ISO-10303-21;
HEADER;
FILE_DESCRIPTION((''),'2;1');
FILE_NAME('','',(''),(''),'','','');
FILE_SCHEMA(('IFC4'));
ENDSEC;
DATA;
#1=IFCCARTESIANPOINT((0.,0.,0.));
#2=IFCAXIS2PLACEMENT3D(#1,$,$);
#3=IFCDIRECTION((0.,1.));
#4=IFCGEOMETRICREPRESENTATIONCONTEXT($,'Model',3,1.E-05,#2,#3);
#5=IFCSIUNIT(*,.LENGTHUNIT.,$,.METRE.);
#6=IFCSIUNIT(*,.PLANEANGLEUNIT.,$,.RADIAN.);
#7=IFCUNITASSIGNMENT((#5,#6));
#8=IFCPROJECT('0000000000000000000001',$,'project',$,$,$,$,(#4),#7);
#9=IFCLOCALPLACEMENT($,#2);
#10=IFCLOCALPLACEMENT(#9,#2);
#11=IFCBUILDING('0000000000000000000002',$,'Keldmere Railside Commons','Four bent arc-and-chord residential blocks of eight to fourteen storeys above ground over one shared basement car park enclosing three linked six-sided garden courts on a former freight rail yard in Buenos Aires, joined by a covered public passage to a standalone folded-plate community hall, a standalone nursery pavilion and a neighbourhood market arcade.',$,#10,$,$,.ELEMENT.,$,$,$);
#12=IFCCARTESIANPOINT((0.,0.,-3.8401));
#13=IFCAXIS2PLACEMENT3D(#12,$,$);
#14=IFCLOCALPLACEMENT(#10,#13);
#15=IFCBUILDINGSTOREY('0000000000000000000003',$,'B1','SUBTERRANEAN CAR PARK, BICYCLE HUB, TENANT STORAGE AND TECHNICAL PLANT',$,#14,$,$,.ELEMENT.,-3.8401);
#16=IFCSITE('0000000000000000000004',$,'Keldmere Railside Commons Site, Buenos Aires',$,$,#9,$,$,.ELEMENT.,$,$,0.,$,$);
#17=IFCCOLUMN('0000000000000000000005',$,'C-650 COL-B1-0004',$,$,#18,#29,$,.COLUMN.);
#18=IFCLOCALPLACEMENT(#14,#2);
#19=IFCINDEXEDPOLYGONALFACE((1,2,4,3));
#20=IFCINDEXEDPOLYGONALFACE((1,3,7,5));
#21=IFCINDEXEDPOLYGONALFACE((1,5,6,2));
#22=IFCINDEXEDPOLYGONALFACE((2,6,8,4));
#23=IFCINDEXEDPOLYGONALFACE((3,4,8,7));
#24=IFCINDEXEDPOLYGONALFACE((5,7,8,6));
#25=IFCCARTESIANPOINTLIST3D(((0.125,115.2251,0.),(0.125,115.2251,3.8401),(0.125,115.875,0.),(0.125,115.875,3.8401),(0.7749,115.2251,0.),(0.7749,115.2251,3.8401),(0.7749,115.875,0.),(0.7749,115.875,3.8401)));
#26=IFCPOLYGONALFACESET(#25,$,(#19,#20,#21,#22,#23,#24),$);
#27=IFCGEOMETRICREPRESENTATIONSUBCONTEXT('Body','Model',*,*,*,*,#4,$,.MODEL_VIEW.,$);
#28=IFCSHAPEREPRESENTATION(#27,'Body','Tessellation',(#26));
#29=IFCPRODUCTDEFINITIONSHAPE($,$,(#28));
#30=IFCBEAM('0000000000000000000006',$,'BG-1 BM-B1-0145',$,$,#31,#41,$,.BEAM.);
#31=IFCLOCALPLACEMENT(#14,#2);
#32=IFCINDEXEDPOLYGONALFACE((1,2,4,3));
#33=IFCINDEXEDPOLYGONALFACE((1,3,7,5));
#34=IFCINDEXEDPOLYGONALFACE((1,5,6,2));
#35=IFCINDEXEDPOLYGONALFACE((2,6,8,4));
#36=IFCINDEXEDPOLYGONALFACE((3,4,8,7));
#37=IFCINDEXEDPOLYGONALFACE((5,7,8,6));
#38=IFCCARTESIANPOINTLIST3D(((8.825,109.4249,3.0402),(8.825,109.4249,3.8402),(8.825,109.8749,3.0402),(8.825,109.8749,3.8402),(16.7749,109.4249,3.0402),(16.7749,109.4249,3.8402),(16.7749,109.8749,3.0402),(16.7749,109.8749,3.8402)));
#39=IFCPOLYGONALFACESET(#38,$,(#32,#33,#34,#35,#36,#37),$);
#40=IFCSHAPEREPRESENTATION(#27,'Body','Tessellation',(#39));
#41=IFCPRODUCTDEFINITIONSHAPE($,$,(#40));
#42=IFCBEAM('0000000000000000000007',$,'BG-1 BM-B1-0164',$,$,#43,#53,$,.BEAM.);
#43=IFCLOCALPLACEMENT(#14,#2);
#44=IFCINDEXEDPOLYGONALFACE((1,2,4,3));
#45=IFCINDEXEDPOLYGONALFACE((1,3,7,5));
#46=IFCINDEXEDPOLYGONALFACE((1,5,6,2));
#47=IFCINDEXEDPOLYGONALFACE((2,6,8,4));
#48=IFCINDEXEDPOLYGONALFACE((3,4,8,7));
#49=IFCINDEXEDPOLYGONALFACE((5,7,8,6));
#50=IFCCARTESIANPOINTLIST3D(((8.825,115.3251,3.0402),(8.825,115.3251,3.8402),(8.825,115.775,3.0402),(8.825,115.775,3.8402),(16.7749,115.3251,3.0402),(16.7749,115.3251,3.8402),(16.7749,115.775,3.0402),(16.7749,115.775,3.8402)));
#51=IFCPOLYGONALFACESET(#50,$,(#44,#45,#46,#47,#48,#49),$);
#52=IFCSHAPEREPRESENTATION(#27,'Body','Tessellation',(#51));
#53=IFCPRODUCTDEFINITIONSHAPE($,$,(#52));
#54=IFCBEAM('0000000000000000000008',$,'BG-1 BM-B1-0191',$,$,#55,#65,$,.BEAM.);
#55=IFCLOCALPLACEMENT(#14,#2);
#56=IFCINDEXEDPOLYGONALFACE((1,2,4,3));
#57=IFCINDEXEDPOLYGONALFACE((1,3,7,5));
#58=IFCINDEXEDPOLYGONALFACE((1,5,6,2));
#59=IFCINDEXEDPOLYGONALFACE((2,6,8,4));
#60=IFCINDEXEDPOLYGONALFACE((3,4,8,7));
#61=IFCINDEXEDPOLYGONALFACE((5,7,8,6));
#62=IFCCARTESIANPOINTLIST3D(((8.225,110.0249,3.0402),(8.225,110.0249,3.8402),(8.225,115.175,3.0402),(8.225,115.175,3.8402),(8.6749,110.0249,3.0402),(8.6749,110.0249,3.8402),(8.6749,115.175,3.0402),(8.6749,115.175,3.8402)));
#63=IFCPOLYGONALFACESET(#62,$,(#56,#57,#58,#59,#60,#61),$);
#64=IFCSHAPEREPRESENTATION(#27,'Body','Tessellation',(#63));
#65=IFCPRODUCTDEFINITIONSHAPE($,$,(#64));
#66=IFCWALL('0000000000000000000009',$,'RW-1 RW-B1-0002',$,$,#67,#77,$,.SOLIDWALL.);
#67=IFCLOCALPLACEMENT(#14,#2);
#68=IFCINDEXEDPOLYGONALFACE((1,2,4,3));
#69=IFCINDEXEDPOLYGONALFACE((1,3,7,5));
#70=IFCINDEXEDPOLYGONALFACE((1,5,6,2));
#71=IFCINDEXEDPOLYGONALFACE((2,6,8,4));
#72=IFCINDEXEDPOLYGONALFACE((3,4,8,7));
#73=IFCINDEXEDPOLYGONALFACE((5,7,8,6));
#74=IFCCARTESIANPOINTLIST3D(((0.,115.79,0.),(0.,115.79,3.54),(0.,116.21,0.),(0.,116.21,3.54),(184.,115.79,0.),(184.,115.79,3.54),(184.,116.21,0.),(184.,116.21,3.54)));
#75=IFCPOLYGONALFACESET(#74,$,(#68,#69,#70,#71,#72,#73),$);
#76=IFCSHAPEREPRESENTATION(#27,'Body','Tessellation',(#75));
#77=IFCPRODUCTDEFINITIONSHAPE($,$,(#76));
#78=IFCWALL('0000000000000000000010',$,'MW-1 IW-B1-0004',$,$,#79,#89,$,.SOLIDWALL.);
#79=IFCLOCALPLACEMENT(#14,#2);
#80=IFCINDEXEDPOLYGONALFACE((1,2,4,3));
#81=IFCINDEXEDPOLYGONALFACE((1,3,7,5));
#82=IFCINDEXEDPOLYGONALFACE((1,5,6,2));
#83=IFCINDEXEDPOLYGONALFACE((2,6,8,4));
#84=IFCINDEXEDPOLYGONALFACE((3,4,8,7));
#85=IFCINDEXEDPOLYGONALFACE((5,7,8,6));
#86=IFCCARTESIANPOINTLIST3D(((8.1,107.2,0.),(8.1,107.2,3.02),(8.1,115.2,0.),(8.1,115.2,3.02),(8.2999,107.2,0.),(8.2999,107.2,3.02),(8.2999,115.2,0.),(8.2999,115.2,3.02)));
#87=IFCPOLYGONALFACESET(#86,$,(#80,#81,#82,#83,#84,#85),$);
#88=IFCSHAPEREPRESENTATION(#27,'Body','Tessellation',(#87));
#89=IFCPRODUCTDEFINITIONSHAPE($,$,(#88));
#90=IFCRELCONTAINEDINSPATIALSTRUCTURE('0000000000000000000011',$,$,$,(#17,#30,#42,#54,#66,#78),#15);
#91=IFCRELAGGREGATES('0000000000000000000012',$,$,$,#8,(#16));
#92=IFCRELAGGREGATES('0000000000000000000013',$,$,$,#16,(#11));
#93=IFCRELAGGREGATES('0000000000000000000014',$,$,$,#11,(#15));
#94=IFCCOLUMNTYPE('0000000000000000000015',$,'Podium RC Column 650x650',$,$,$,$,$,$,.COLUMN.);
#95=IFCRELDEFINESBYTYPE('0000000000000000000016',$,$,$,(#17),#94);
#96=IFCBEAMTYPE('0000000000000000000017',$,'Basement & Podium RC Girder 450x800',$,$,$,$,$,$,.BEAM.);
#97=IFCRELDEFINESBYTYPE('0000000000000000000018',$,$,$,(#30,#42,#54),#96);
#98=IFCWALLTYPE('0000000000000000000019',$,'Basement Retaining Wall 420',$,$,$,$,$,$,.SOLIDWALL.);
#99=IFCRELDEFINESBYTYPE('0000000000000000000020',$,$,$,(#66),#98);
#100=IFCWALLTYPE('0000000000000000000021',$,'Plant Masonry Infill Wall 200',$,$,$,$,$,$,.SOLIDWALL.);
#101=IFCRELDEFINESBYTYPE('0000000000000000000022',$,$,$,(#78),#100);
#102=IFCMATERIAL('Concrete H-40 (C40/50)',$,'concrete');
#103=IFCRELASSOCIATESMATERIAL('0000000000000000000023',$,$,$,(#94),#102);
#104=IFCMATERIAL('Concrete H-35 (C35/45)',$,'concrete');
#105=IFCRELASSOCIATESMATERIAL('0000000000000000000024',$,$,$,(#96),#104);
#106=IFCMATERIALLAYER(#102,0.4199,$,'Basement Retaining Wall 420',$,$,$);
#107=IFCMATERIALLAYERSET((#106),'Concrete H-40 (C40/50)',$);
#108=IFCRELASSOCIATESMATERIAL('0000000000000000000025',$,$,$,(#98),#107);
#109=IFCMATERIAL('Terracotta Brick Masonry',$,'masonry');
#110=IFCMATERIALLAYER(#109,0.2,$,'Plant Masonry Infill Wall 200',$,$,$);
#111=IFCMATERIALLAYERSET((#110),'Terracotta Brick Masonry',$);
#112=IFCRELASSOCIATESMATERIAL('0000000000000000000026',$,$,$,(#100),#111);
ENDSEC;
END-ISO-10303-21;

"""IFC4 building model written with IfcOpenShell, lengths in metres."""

from ifc_helpers import new_model, si_unit, direction, frame, frame_2d, origin, origin_2d, place, context, subcontext, project, spatial, rectangle, extrude, material, layer, layer_set, material_profile, profile_set, type_object, element, save


model = new_model("IFC4")

# Units and contexts
model_context = context("Model", 3, precision=1e-05, world=origin(), true_north=direction((0.0, 1.0)))
body_context = subcontext(model_context, "Body", "Model", "MODEL_VIEW")
ifc_project = project(units=[si_unit("LENGTHUNIT", "METRE"), si_unit("PLANEANGLEUNIT", "RADIAN")], contexts=[model_context])

# Site, building, storey
site_placement = place(None, origin())
site = spatial("IfcSite", under=ifc_project, at=site_placement, Name="Keldmere Railside Commons Site, Buenos Aires", CompositionType="ELEMENT", RefElevation=0.0)
building_placement = place(site_placement, origin())
building = spatial("IfcBuilding", under=site, at=building_placement, Name="Keldmere Railside Commons", Description="Four bent arc-and-chord residential blocks of eight to fourteen storeys above ground over one shared basement car park enclosing three linked six-sided garden courts on a former freight rail yard in Buenos Aires, joined by a covered public passage to a standalone folded-plate community hall, a standalone nursery pavilion and a neighbourhood market arcade.", CompositionType="ELEMENT")
storey_placement = place(building_placement, frame((0.0, 0.0, -3.8401)))
storey = spatial("IfcBuildingStorey", under=building, at=storey_placement, Name="B1", Description="SUBTERRANEAN CAR PARK, BICYCLE HUB, TENANT STORAGE AND TECHNICAL PLANT", CompositionType="ELEMENT", Elevation=-3.8401)

# Shared definitions
ifc_material_1 = material(Name="Concrete H-40 (C40/50)", Category="concrete")

# Column
ifc_material_profile_1 = material_profile(ifc_material_1, rectangle(XDim=0.6499, YDim=0.6499, at=origin_2d()), Name="RC-650x650")
ifc_profile_set_1 = profile_set([ifc_material_profile_1], Name="Concrete H-40 (C40/50)")
column_type_1 = type_object("IfcColumnType", Name="Podium RC Column 650x650", PredefinedType="COLUMN", material=ifc_profile_set_1)
column_placement = place(storey_placement, frame((0.45, 115.55, 0.0), z_axis=(0.0, 0.0, 1.0), x_axis=(1.0, 0.0, 0.0)))
element("IfcColumn", 1, at=column_placement, inside=storey, type_object=column_type_1, Name="C-650 COL-B1-0004", PredefinedType="COLUMN", context=body_context, shape_type="SweptSolid", body=[
    extrude(rectangle(XDim=0.6499, YDim=0.6499, at=origin_2d()), origin(), (0.0, 0.0, 1.0), 3.8401),
])

# Beams
ifc_material_2 = material(Name="Concrete H-35 (C35/45)", Category="concrete")
ifc_material_profile_2 = material_profile(ifc_material_2, rectangle(XDim=0.45, YDim=0.8, at=origin_2d()), Name="RC-450x800")
ifc_profile_set_2 = profile_set([ifc_material_profile_2], Name="Concrete H-35 (C35/45)")
beam_type = type_object("IfcBeamType", Name="Basement & Podium RC Girder 450x800", PredefinedType="BEAM", material=ifc_profile_set_2)
for number, where, z_axis, x_axis, name in (
    (2, (8.825, 109.6499, 3.4402), (1.0, 0.0, 0.0), (0.0, 1.0, 0.0), "BG-1 BM-B1-0145"),
    (3, (8.825, 115.55, 3.4402), (1.0, 0.0, 0.0), (0.0, 1.0, 0.0), "BG-1 BM-B1-0164"),
):
    element("IfcBeam", number, at=place(storey_placement, frame(where, z_axis=z_axis, x_axis=x_axis)), inside=storey, type_object=beam_type, Name=name, PredefinedType="BEAM", context=body_context, shape_type="SweptSolid", body=[
        extrude(rectangle(XDim=0.45, YDim=0.8, at=origin_2d()), origin(), (0.0, 0.0, 1.0), 7.95),
    ])
beam_placement = place(storey_placement, frame((8.45, 110.0249, 3.4402), z_axis=(0.0, 1.0, 0.0), x_axis=(-1.0, 0.0, 0.0)))
element("IfcBeam", 4, at=beam_placement, inside=storey, type_object=beam_type, Name="BG-1 BM-B1-0191", PredefinedType="BEAM", context=body_context, shape_type="SweptSolid", body=[
    extrude(rectangle(XDim=0.45, YDim=0.8, at=origin_2d()), origin(), (0.0, 0.0, 1.0), 5.1501),
])

# Walls
ifc_layer_1 = layer(ifc_material_1, 0.4199, Name="Basement Retaining Wall 420")
ifc_layer_set_1 = layer_set([ifc_layer_1], Name="Concrete H-40 (C40/50)")
wall_type_1 = type_object("IfcWallType", Name="Basement Retaining Wall 420", PredefinedType="SOLIDWALL", material=ifc_layer_set_1)
wall_1_placement = place(storey_placement, frame((0.0, 116.0, 0.0), z_axis=(0.0, 0.0, 1.0), x_axis=(1.0, 0.0, 0.0)))
element("IfcWall", 5, at=wall_1_placement, inside=storey, type_object=wall_type_1, Name="RW-1 RW-B1-0002", PredefinedType="SOLIDWALL", context=body_context, shape_type="SweptSolid", body=[
    extrude(rectangle(XDim=184.0, YDim=0.4199, at=frame_2d((92.0, 0.0))), origin(), (0.0, 0.0, 1.0), 3.54),
])
ifc_material_3 = material(Name="Terracotta Brick Masonry", Category="masonry")
ifc_layer_2 = layer(ifc_material_3, 0.2, Name="Plant Masonry Infill Wall 200")
ifc_layer_set_2 = layer_set([ifc_layer_2], Name="Terracotta Brick Masonry")
wall_type_2 = type_object("IfcWallType", Name="Plant Masonry Infill Wall 200", PredefinedType="SOLIDWALL", material=ifc_layer_set_2)
wall_2_placement = place(storey_placement, frame((8.2, 115.2, 0.0), z_axis=(0.0, 0.0, 1.0), x_axis=(0.0, -1.0, 0.0)))
element("IfcWall", 6, at=wall_2_placement, inside=storey, type_object=wall_type_2, Name="MW-1 IW-B1-0004", PredefinedType="SOLIDWALL", context=body_context, shape_type="SweptSolid", body=[
    extrude(rectangle(XDim=8.0, YDim=0.2, at=frame_2d((4.0, 0.0))), origin(), (0.0, 0.0, 1.0), 3.02),
])

save(model, "model.ifc")
